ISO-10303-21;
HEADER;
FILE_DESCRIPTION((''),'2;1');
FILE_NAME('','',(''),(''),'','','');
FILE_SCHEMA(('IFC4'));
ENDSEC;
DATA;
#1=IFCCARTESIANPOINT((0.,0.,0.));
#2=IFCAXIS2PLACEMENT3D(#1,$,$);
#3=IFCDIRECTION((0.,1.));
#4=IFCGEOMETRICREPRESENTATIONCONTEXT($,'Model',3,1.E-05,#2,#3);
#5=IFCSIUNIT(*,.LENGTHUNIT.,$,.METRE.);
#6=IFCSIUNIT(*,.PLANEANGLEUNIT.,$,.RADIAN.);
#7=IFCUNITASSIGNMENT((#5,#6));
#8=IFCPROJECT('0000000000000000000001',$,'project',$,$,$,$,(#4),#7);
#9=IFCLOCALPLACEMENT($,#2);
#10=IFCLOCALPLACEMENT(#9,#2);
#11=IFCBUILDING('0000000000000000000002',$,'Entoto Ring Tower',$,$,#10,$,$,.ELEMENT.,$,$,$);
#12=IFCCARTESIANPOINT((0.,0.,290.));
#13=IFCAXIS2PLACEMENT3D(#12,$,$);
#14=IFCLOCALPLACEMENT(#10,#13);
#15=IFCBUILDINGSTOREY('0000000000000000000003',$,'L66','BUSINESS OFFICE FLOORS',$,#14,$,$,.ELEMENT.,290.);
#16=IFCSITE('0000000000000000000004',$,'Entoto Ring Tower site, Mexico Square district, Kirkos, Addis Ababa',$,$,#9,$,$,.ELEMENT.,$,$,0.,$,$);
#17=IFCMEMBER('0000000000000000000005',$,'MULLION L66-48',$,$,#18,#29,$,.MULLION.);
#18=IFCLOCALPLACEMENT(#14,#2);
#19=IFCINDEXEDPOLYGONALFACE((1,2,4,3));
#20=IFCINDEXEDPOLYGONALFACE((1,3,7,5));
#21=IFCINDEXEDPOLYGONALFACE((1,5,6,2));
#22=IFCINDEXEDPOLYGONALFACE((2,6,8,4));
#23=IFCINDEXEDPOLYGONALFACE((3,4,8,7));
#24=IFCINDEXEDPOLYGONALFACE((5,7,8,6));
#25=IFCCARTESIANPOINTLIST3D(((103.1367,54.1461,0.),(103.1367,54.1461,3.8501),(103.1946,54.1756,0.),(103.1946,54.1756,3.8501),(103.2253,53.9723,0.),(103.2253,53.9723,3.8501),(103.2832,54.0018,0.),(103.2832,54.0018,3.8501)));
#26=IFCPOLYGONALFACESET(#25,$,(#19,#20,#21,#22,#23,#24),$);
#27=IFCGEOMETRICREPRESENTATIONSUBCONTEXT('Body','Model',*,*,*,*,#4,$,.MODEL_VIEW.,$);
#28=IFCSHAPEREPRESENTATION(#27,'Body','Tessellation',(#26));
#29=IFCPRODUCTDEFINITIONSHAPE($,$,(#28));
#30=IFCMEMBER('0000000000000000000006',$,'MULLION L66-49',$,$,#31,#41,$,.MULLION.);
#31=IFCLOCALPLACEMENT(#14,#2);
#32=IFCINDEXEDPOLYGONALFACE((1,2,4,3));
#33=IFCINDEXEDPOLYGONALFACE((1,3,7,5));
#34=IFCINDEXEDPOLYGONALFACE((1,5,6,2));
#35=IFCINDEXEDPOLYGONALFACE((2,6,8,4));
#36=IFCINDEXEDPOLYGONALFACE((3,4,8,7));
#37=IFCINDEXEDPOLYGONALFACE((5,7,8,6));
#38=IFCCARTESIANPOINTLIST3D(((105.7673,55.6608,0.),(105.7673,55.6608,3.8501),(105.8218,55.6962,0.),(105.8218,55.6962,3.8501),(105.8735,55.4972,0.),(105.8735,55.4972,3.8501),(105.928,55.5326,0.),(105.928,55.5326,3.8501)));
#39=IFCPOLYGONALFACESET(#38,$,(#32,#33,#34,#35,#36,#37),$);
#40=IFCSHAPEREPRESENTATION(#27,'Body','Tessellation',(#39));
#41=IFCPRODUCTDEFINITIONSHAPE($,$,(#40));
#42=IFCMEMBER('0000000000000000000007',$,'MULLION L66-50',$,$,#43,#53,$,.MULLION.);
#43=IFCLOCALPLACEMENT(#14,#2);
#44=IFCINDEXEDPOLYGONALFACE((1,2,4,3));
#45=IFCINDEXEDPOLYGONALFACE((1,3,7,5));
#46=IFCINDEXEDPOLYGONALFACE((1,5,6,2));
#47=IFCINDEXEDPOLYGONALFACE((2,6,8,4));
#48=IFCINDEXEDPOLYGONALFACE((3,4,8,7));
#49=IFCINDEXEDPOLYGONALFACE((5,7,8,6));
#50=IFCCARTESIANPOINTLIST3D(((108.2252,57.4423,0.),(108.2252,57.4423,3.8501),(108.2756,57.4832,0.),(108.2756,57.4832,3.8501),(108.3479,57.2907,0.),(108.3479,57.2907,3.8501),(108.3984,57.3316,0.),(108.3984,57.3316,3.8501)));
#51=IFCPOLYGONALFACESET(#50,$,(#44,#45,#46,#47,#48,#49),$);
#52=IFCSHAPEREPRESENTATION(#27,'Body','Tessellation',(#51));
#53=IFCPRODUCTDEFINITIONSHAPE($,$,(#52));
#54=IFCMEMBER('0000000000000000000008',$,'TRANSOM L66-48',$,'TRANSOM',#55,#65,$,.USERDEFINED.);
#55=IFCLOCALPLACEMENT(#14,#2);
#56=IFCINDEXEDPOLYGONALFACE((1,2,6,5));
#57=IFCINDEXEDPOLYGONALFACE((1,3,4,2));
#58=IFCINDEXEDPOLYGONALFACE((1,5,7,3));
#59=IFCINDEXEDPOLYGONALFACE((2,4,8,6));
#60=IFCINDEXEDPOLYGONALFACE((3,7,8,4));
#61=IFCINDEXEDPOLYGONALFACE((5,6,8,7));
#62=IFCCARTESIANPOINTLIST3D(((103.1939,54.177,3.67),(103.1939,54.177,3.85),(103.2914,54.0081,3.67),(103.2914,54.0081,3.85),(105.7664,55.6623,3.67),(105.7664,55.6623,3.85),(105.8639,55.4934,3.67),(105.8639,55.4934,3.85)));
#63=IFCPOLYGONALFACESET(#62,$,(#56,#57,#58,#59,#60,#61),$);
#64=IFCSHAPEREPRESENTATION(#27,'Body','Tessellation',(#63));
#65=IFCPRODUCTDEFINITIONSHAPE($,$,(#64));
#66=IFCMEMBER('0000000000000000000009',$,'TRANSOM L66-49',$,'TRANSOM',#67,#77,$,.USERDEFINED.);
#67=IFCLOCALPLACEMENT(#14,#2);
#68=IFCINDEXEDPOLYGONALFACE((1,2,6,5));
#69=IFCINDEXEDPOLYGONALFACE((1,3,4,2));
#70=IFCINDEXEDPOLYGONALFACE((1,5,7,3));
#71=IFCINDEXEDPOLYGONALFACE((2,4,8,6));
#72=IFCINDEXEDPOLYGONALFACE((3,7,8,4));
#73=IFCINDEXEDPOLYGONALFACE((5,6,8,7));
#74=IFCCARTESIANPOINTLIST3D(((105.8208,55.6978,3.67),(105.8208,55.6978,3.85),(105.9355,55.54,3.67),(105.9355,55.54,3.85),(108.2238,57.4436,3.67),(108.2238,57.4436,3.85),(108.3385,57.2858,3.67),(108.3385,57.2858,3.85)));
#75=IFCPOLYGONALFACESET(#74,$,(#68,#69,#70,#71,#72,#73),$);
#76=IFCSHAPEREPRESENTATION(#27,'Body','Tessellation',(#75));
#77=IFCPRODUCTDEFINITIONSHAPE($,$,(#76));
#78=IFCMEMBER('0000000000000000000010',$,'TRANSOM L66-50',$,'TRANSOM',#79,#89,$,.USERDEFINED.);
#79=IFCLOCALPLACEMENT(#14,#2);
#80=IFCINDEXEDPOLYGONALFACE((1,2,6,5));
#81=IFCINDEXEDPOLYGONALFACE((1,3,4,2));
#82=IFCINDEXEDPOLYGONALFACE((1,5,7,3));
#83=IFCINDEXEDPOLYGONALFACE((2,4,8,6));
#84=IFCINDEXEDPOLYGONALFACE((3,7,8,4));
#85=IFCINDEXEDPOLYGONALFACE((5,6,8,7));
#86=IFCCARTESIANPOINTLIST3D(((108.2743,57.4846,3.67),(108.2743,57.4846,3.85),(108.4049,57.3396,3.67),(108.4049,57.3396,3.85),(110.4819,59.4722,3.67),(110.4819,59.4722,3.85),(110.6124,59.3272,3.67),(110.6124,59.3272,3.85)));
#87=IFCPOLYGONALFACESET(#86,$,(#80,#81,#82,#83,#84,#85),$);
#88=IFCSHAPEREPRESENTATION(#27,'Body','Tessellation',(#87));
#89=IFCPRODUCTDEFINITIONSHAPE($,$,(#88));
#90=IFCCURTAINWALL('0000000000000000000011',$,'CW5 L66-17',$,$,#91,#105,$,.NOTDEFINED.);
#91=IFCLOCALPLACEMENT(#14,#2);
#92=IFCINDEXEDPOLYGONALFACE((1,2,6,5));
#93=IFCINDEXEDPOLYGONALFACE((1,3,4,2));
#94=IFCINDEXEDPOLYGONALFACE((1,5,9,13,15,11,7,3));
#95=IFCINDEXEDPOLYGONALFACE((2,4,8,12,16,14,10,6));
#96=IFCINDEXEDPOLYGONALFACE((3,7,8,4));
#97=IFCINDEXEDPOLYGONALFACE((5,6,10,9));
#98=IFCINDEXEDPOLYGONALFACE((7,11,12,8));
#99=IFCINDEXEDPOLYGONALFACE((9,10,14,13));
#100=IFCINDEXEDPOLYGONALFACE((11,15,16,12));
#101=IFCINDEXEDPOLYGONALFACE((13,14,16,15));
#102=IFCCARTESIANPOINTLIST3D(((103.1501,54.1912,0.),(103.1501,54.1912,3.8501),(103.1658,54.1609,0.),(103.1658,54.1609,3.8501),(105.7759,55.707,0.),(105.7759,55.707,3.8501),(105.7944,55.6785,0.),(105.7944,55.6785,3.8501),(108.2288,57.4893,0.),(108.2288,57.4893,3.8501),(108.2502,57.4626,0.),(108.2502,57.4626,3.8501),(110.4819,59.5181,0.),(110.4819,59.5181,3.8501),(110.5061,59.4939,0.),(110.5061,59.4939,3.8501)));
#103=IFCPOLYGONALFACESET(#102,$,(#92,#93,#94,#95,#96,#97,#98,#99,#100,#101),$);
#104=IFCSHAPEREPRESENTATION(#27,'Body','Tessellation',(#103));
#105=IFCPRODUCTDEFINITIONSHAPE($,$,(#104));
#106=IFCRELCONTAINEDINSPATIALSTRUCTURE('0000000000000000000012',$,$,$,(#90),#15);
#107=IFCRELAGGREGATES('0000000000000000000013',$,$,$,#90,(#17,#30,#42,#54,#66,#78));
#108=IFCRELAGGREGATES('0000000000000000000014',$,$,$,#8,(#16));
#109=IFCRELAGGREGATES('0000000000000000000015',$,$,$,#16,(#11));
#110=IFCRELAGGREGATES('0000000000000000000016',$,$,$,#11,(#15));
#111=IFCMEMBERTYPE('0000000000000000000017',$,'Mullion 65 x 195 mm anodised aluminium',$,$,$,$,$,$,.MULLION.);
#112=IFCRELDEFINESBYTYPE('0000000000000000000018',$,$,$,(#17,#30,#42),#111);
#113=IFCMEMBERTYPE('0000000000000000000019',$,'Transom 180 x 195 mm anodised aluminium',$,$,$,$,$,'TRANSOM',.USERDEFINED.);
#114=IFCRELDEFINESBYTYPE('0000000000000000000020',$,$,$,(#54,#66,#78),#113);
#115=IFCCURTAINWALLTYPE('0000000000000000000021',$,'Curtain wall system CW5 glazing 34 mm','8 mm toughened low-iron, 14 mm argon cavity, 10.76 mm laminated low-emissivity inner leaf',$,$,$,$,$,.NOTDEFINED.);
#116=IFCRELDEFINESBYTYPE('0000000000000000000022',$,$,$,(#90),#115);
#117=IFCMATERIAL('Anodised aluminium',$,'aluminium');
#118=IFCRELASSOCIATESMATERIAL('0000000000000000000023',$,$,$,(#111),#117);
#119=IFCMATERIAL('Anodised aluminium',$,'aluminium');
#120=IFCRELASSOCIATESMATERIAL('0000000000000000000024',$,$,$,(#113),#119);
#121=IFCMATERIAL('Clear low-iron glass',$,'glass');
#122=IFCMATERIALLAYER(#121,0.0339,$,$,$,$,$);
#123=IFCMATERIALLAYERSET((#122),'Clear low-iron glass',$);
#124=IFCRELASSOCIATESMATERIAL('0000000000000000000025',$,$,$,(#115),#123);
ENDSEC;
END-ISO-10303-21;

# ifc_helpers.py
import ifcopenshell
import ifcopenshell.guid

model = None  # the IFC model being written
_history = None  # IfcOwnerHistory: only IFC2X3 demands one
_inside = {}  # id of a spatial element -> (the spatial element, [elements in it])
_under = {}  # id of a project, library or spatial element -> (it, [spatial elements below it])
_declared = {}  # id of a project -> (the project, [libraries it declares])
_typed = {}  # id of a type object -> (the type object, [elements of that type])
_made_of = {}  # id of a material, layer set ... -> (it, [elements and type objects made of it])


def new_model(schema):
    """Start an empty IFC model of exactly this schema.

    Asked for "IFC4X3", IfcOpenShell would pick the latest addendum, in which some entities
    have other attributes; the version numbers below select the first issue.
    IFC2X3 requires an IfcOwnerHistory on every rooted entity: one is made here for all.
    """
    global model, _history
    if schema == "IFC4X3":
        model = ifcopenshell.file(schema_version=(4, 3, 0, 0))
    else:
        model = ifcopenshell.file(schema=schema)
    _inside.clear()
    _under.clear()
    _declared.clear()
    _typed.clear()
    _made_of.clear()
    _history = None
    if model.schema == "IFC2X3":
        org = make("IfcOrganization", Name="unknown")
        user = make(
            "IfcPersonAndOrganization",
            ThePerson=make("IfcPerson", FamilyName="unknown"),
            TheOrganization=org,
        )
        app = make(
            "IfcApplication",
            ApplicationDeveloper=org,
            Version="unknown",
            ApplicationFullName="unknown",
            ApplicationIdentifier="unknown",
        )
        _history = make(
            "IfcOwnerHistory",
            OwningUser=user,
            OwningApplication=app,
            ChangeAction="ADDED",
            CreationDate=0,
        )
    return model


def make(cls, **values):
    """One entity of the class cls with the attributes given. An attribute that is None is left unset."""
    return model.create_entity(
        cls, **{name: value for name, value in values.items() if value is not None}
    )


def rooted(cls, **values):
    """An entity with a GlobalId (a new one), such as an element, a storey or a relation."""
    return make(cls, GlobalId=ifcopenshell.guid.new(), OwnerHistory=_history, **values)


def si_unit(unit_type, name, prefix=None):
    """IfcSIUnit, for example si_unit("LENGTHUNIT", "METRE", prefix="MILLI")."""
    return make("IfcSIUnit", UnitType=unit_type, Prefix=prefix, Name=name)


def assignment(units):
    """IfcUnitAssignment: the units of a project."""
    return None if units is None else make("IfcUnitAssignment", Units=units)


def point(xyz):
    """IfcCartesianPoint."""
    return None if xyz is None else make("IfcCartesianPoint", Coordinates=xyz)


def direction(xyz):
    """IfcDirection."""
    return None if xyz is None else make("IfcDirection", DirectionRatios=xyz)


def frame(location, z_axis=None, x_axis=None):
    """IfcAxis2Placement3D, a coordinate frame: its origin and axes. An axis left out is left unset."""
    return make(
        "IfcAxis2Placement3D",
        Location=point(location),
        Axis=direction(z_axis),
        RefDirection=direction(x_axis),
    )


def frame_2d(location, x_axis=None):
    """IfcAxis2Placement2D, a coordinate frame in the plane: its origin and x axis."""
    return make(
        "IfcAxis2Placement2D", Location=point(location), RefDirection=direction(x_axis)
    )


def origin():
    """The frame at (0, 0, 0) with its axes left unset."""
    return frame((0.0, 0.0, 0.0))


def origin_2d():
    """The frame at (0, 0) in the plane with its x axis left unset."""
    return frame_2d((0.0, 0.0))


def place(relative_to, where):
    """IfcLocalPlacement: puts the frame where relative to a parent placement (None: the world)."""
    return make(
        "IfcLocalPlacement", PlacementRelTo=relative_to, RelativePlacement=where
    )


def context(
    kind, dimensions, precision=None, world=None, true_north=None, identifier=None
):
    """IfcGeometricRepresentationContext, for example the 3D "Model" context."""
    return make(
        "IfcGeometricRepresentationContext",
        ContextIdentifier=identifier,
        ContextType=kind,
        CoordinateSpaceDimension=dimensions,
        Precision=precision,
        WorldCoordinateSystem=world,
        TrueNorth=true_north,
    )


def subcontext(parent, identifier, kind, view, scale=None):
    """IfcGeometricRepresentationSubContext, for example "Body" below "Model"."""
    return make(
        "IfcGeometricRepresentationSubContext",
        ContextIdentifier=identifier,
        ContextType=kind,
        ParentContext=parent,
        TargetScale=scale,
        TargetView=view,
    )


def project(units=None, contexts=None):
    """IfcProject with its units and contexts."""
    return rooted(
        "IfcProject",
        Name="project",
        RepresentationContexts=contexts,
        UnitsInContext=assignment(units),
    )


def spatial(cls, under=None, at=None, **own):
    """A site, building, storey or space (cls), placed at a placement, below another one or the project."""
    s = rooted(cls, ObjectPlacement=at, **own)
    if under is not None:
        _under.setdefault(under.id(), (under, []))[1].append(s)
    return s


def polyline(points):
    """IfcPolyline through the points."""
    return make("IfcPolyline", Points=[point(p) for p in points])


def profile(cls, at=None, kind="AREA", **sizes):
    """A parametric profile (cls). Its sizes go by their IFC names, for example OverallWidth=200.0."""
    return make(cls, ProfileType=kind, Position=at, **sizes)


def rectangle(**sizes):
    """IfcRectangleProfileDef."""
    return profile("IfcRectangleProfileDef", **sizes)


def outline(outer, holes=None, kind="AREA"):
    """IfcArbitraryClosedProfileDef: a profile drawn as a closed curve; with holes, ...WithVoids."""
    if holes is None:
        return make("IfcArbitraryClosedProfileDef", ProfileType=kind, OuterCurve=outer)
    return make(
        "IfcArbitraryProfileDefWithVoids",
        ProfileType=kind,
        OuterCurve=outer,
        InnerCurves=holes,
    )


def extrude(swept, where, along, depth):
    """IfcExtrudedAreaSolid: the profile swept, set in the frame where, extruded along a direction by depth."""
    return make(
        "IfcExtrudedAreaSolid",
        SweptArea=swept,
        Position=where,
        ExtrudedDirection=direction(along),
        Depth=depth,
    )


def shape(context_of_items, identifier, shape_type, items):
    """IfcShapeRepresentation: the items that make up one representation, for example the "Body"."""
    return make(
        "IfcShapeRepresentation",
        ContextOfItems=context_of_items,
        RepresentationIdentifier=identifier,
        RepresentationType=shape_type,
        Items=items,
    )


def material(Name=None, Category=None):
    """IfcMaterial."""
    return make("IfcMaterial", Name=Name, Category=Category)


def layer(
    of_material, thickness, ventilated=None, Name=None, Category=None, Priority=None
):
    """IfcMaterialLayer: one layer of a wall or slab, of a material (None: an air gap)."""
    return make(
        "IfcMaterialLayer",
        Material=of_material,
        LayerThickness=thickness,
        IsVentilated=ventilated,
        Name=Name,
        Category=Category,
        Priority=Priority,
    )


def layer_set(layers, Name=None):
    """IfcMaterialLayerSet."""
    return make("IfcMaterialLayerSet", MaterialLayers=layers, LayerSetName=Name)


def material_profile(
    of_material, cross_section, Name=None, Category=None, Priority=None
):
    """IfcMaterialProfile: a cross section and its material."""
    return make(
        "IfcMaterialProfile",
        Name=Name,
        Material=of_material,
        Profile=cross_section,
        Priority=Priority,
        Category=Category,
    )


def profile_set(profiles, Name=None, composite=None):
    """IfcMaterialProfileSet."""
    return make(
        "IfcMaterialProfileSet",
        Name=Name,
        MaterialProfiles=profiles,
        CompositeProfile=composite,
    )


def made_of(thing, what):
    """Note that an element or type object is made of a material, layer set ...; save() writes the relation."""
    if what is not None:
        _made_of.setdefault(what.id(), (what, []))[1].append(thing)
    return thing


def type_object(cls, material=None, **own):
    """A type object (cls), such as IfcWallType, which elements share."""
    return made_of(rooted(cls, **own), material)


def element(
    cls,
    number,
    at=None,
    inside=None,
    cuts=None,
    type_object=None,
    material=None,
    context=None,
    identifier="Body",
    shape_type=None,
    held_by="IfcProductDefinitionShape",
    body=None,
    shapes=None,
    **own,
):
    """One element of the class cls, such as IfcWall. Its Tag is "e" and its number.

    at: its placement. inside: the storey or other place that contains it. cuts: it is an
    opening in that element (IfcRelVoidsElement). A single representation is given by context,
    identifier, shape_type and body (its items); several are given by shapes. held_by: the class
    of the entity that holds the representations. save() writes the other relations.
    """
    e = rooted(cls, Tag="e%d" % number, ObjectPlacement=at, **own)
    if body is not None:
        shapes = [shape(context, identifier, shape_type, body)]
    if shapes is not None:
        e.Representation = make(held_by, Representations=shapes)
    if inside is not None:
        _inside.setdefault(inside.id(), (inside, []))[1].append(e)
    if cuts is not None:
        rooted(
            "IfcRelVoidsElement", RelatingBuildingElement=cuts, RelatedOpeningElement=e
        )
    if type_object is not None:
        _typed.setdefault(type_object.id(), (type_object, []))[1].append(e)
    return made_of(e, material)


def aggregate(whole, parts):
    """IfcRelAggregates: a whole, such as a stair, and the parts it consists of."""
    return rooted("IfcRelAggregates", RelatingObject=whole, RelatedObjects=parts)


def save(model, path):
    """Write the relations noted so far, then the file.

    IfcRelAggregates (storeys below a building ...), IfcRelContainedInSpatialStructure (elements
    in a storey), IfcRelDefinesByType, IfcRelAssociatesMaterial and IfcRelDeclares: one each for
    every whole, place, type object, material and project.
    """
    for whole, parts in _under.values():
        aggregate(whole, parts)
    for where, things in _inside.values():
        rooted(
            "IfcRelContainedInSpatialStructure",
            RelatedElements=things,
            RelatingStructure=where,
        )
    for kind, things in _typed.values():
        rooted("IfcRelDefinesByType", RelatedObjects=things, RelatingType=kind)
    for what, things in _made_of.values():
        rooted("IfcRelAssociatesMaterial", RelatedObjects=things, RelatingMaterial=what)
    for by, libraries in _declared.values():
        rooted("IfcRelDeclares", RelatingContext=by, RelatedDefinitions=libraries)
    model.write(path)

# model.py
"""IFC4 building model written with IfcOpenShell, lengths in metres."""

from ifc_helpers import new_model, si_unit, direction, frame, origin, origin_2d, place, context, subcontext, project, spatial, polyline, rectangle, outline, extrude, material, layer, layer_set, material_profile, profile_set, type_object, element, aggregate, save


model = new_model("IFC4")

# Units and contexts
model_context = context("Model", 3, precision=1e-05, world=origin(), true_north=direction((0.0, 1.0)))
body_context = subcontext(model_context, "Body", "Model", "MODEL_VIEW")
ifc_project = project(units=[si_unit("LENGTHUNIT", "METRE"), si_unit("PLANEANGLEUNIT", "RADIAN")], contexts=[model_context])

# Members
ifc_material_1 = material(Name="Anodised aluminium", Category="aluminium")
ifc_material_profile_1 = material_profile(ifc_material_1, rectangle(XDim=0.0649, YDim=0.1951, at=origin_2d()), Name="Mullion 65 x 195 mm anodised aluminium")
ifc_profile_set_1 = profile_set([ifc_material_profile_1], Name="Anodised aluminium")
member_type_1 = type_object("IfcMemberType", Name="Mullion 65 x 195 mm anodised aluminium", PredefinedType="MULLION", material=ifc_profile_set_1)
site_placement = place(None, origin())
building_placement = place(site_placement, origin())
storey_placement = place(building_placement, frame((0.0, 0.0, 290.0)))
member_1_placement = place(storey_placement, frame((103.21, 54.074, 0.0), z_axis=(0.0, 0.0, 1.0), x_axis=(0.891007, 0.45399, 0.0)))
member_1 = element("IfcMember", 1, at=member_1_placement, type_object=member_type_1, Name="MULLION L66-48", PredefinedType="MULLION", context=body_context, shape_type="SweptSolid", body=[
    extrude(rectangle(XDim=0.0649, YDim=0.1951, at=origin_2d()), origin(), (0.0, 0.0, 1.0), 3.8501),
])
member_2_placement = place(storey_placement, frame((105.8477, 55.5967, 0.0), z_axis=(0.0, 0.0, 1.0), x_axis=(0.838671, 0.544639, 0.0)))
member_2 = element("IfcMember", 2, at=member_2_placement, type_object=member_type_1, Name="MULLION L66-49", PredefinedType="MULLION", context=body_context, shape_type="SweptSolid", body=[
    extrude(rectangle(XDim=0.0649, YDim=0.1951, at=origin_2d()), origin(), (0.0, 0.0, 1.0), 3.8501),
])
member_3_placement = place(storey_placement, frame((108.3118, 57.387, 0.0), z_axis=(0.0, 0.0, 1.0), x_axis=(0.777146, 0.62932, 0.0)))
member_3 = element("IfcMember", 3, at=member_3_placement, type_object=member_type_1, Name="MULLION L66-50", PredefinedType="MULLION", context=body_context, shape_type="SweptSolid", body=[
    extrude(rectangle(XDim=0.0649, YDim=0.1951, at=origin_2d()), origin(), (0.0, 0.0, 1.0), 3.8501),
])
ifc_material_2 = material(Name="Anodised aluminium", Category="aluminium")
ifc_material_profile_2 = material_profile(ifc_material_2, rectangle(XDim=0.1951, YDim=0.1799, at=origin_2d()), Name="Transom 180 x 195 mm anodised aluminium")
ifc_profile_set_2 = profile_set([ifc_material_profile_2], Name="Anodised aluminium")
member_type_2 = type_object("IfcMemberType", Name="Transom 180 x 195 mm anodised aluminium", ElementType="TRANSOM", PredefinedType="USERDEFINED", material=ifc_profile_set_2)
member_4_placement = place(storey_placement, frame((103.2427, 54.0925, 3.76), z_axis=(0.866009, 0.500028, 0.0), x_axis=(-0.500028, 0.866009, 0.0)))
member_4 = element("IfcMember", 4, at=member_4_placement, type_object=member_type_2, Name="TRANSOM L66-48", ObjectType="TRANSOM", PredefinedType="USERDEFINED", context=body_context, shape_type="SweptSolid", body=[
    extrude(rectangle(XDim=0.1951, YDim=0.1799, at=origin_2d()), origin(), (0.0, 0.0, 1.0), 2.9705),
])
member_5_placement = place(storey_placement, frame((105.8782, 55.6189, 3.76), z_axis=(0.809031, 0.587766, 0.0), x_axis=(-0.587766, 0.809031, 0.0)))
member_5 = element("IfcMember", 5, at=member_5_placement, type_object=member_type_2, Name="TRANSOM L66-49", ObjectType="TRANSOM", PredefinedType="USERDEFINED", context=body_context, shape_type="SweptSolid", body=[
    extrude(rectangle(XDim=0.1951, YDim=0.1799, at=origin_2d()), origin(), (0.0, 0.0, 1.0), 2.9702),
])
member_6_placement = place(storey_placement, frame((108.3396, 57.4121, 3.76), z_axis=(0.743163, 0.66911, 0.0), x_axis=(-0.66911, 0.743163, 0.0)))
member_6 = element("IfcMember", 6, at=member_6_placement, type_object=member_type_2, Name="TRANSOM L66-50", ObjectType="TRANSOM", PredefinedType="USERDEFINED", context=body_context, shape_type="SweptSolid", body=[
    extrude(rectangle(XDim=0.1951, YDim=0.1799, at=origin_2d()), origin(), (0.0, 0.0, 1.0), 2.9705),
])

# Site, building, storey
site = spatial("IfcSite", under=ifc_project, at=site_placement, Name="Entoto Ring Tower site, Mexico Square district, Kirkos, Addis Ababa", CompositionType="ELEMENT", RefElevation=0.0)
building = spatial("IfcBuilding", under=site, at=building_placement, Name="Entoto Ring Tower", CompositionType="ELEMENT")
storey = spatial("IfcBuildingStorey", under=building, at=storey_placement, Name="L66", Description="BUSINESS OFFICE FLOORS", CompositionType="ELEMENT", Elevation=290.0)

# Curtain wall
ifc_material_3 = material(Name="Clear low-iron glass", Category="glass")
ifc_layer_1 = layer(ifc_material_3, 0.0339)
ifc_layer_set_1 = layer_set([ifc_layer_1], Name="Clear low-iron glass")
curtain_wall_type = type_object("IfcCurtainWallType", Name="Curtain wall system CW5 glazing 34 mm", Description="8 mm toughened low-iron, 14 mm argon cavity, 10.76 mm laminated low-emissivity inner leaf", PredefinedType="NOTDEFINED", material=ifc_layer_set_1)
curtain_wall_1_placement = place(storey_placement, origin())
curtain_wall_1 = element("IfcCurtainWall", 7, at=curtain_wall_1_placement, inside=storey, type_object=curtain_wall_type, Name="CW5 L66-17", PredefinedType="NOTDEFINED", context=body_context, shape_type="SweptSolid", body=[
    extrude(outline(polyline([(103.1658, 54.1609), (105.7944, 55.6785), (108.2502, 57.4626), (110.5061, 59.4939), (110.4819, 59.5181), (108.2288, 57.4893), (105.7759, 55.707), (103.1501, 54.1912), (103.1658, 54.1609)])), origin(), (0.0, 0.0, 1.0), 3.8501),
])
aggregate(curtain_wall_1, [member_1, member_2, member_3, member_4, member_5, member_6])

save(model, "model.ifc")
